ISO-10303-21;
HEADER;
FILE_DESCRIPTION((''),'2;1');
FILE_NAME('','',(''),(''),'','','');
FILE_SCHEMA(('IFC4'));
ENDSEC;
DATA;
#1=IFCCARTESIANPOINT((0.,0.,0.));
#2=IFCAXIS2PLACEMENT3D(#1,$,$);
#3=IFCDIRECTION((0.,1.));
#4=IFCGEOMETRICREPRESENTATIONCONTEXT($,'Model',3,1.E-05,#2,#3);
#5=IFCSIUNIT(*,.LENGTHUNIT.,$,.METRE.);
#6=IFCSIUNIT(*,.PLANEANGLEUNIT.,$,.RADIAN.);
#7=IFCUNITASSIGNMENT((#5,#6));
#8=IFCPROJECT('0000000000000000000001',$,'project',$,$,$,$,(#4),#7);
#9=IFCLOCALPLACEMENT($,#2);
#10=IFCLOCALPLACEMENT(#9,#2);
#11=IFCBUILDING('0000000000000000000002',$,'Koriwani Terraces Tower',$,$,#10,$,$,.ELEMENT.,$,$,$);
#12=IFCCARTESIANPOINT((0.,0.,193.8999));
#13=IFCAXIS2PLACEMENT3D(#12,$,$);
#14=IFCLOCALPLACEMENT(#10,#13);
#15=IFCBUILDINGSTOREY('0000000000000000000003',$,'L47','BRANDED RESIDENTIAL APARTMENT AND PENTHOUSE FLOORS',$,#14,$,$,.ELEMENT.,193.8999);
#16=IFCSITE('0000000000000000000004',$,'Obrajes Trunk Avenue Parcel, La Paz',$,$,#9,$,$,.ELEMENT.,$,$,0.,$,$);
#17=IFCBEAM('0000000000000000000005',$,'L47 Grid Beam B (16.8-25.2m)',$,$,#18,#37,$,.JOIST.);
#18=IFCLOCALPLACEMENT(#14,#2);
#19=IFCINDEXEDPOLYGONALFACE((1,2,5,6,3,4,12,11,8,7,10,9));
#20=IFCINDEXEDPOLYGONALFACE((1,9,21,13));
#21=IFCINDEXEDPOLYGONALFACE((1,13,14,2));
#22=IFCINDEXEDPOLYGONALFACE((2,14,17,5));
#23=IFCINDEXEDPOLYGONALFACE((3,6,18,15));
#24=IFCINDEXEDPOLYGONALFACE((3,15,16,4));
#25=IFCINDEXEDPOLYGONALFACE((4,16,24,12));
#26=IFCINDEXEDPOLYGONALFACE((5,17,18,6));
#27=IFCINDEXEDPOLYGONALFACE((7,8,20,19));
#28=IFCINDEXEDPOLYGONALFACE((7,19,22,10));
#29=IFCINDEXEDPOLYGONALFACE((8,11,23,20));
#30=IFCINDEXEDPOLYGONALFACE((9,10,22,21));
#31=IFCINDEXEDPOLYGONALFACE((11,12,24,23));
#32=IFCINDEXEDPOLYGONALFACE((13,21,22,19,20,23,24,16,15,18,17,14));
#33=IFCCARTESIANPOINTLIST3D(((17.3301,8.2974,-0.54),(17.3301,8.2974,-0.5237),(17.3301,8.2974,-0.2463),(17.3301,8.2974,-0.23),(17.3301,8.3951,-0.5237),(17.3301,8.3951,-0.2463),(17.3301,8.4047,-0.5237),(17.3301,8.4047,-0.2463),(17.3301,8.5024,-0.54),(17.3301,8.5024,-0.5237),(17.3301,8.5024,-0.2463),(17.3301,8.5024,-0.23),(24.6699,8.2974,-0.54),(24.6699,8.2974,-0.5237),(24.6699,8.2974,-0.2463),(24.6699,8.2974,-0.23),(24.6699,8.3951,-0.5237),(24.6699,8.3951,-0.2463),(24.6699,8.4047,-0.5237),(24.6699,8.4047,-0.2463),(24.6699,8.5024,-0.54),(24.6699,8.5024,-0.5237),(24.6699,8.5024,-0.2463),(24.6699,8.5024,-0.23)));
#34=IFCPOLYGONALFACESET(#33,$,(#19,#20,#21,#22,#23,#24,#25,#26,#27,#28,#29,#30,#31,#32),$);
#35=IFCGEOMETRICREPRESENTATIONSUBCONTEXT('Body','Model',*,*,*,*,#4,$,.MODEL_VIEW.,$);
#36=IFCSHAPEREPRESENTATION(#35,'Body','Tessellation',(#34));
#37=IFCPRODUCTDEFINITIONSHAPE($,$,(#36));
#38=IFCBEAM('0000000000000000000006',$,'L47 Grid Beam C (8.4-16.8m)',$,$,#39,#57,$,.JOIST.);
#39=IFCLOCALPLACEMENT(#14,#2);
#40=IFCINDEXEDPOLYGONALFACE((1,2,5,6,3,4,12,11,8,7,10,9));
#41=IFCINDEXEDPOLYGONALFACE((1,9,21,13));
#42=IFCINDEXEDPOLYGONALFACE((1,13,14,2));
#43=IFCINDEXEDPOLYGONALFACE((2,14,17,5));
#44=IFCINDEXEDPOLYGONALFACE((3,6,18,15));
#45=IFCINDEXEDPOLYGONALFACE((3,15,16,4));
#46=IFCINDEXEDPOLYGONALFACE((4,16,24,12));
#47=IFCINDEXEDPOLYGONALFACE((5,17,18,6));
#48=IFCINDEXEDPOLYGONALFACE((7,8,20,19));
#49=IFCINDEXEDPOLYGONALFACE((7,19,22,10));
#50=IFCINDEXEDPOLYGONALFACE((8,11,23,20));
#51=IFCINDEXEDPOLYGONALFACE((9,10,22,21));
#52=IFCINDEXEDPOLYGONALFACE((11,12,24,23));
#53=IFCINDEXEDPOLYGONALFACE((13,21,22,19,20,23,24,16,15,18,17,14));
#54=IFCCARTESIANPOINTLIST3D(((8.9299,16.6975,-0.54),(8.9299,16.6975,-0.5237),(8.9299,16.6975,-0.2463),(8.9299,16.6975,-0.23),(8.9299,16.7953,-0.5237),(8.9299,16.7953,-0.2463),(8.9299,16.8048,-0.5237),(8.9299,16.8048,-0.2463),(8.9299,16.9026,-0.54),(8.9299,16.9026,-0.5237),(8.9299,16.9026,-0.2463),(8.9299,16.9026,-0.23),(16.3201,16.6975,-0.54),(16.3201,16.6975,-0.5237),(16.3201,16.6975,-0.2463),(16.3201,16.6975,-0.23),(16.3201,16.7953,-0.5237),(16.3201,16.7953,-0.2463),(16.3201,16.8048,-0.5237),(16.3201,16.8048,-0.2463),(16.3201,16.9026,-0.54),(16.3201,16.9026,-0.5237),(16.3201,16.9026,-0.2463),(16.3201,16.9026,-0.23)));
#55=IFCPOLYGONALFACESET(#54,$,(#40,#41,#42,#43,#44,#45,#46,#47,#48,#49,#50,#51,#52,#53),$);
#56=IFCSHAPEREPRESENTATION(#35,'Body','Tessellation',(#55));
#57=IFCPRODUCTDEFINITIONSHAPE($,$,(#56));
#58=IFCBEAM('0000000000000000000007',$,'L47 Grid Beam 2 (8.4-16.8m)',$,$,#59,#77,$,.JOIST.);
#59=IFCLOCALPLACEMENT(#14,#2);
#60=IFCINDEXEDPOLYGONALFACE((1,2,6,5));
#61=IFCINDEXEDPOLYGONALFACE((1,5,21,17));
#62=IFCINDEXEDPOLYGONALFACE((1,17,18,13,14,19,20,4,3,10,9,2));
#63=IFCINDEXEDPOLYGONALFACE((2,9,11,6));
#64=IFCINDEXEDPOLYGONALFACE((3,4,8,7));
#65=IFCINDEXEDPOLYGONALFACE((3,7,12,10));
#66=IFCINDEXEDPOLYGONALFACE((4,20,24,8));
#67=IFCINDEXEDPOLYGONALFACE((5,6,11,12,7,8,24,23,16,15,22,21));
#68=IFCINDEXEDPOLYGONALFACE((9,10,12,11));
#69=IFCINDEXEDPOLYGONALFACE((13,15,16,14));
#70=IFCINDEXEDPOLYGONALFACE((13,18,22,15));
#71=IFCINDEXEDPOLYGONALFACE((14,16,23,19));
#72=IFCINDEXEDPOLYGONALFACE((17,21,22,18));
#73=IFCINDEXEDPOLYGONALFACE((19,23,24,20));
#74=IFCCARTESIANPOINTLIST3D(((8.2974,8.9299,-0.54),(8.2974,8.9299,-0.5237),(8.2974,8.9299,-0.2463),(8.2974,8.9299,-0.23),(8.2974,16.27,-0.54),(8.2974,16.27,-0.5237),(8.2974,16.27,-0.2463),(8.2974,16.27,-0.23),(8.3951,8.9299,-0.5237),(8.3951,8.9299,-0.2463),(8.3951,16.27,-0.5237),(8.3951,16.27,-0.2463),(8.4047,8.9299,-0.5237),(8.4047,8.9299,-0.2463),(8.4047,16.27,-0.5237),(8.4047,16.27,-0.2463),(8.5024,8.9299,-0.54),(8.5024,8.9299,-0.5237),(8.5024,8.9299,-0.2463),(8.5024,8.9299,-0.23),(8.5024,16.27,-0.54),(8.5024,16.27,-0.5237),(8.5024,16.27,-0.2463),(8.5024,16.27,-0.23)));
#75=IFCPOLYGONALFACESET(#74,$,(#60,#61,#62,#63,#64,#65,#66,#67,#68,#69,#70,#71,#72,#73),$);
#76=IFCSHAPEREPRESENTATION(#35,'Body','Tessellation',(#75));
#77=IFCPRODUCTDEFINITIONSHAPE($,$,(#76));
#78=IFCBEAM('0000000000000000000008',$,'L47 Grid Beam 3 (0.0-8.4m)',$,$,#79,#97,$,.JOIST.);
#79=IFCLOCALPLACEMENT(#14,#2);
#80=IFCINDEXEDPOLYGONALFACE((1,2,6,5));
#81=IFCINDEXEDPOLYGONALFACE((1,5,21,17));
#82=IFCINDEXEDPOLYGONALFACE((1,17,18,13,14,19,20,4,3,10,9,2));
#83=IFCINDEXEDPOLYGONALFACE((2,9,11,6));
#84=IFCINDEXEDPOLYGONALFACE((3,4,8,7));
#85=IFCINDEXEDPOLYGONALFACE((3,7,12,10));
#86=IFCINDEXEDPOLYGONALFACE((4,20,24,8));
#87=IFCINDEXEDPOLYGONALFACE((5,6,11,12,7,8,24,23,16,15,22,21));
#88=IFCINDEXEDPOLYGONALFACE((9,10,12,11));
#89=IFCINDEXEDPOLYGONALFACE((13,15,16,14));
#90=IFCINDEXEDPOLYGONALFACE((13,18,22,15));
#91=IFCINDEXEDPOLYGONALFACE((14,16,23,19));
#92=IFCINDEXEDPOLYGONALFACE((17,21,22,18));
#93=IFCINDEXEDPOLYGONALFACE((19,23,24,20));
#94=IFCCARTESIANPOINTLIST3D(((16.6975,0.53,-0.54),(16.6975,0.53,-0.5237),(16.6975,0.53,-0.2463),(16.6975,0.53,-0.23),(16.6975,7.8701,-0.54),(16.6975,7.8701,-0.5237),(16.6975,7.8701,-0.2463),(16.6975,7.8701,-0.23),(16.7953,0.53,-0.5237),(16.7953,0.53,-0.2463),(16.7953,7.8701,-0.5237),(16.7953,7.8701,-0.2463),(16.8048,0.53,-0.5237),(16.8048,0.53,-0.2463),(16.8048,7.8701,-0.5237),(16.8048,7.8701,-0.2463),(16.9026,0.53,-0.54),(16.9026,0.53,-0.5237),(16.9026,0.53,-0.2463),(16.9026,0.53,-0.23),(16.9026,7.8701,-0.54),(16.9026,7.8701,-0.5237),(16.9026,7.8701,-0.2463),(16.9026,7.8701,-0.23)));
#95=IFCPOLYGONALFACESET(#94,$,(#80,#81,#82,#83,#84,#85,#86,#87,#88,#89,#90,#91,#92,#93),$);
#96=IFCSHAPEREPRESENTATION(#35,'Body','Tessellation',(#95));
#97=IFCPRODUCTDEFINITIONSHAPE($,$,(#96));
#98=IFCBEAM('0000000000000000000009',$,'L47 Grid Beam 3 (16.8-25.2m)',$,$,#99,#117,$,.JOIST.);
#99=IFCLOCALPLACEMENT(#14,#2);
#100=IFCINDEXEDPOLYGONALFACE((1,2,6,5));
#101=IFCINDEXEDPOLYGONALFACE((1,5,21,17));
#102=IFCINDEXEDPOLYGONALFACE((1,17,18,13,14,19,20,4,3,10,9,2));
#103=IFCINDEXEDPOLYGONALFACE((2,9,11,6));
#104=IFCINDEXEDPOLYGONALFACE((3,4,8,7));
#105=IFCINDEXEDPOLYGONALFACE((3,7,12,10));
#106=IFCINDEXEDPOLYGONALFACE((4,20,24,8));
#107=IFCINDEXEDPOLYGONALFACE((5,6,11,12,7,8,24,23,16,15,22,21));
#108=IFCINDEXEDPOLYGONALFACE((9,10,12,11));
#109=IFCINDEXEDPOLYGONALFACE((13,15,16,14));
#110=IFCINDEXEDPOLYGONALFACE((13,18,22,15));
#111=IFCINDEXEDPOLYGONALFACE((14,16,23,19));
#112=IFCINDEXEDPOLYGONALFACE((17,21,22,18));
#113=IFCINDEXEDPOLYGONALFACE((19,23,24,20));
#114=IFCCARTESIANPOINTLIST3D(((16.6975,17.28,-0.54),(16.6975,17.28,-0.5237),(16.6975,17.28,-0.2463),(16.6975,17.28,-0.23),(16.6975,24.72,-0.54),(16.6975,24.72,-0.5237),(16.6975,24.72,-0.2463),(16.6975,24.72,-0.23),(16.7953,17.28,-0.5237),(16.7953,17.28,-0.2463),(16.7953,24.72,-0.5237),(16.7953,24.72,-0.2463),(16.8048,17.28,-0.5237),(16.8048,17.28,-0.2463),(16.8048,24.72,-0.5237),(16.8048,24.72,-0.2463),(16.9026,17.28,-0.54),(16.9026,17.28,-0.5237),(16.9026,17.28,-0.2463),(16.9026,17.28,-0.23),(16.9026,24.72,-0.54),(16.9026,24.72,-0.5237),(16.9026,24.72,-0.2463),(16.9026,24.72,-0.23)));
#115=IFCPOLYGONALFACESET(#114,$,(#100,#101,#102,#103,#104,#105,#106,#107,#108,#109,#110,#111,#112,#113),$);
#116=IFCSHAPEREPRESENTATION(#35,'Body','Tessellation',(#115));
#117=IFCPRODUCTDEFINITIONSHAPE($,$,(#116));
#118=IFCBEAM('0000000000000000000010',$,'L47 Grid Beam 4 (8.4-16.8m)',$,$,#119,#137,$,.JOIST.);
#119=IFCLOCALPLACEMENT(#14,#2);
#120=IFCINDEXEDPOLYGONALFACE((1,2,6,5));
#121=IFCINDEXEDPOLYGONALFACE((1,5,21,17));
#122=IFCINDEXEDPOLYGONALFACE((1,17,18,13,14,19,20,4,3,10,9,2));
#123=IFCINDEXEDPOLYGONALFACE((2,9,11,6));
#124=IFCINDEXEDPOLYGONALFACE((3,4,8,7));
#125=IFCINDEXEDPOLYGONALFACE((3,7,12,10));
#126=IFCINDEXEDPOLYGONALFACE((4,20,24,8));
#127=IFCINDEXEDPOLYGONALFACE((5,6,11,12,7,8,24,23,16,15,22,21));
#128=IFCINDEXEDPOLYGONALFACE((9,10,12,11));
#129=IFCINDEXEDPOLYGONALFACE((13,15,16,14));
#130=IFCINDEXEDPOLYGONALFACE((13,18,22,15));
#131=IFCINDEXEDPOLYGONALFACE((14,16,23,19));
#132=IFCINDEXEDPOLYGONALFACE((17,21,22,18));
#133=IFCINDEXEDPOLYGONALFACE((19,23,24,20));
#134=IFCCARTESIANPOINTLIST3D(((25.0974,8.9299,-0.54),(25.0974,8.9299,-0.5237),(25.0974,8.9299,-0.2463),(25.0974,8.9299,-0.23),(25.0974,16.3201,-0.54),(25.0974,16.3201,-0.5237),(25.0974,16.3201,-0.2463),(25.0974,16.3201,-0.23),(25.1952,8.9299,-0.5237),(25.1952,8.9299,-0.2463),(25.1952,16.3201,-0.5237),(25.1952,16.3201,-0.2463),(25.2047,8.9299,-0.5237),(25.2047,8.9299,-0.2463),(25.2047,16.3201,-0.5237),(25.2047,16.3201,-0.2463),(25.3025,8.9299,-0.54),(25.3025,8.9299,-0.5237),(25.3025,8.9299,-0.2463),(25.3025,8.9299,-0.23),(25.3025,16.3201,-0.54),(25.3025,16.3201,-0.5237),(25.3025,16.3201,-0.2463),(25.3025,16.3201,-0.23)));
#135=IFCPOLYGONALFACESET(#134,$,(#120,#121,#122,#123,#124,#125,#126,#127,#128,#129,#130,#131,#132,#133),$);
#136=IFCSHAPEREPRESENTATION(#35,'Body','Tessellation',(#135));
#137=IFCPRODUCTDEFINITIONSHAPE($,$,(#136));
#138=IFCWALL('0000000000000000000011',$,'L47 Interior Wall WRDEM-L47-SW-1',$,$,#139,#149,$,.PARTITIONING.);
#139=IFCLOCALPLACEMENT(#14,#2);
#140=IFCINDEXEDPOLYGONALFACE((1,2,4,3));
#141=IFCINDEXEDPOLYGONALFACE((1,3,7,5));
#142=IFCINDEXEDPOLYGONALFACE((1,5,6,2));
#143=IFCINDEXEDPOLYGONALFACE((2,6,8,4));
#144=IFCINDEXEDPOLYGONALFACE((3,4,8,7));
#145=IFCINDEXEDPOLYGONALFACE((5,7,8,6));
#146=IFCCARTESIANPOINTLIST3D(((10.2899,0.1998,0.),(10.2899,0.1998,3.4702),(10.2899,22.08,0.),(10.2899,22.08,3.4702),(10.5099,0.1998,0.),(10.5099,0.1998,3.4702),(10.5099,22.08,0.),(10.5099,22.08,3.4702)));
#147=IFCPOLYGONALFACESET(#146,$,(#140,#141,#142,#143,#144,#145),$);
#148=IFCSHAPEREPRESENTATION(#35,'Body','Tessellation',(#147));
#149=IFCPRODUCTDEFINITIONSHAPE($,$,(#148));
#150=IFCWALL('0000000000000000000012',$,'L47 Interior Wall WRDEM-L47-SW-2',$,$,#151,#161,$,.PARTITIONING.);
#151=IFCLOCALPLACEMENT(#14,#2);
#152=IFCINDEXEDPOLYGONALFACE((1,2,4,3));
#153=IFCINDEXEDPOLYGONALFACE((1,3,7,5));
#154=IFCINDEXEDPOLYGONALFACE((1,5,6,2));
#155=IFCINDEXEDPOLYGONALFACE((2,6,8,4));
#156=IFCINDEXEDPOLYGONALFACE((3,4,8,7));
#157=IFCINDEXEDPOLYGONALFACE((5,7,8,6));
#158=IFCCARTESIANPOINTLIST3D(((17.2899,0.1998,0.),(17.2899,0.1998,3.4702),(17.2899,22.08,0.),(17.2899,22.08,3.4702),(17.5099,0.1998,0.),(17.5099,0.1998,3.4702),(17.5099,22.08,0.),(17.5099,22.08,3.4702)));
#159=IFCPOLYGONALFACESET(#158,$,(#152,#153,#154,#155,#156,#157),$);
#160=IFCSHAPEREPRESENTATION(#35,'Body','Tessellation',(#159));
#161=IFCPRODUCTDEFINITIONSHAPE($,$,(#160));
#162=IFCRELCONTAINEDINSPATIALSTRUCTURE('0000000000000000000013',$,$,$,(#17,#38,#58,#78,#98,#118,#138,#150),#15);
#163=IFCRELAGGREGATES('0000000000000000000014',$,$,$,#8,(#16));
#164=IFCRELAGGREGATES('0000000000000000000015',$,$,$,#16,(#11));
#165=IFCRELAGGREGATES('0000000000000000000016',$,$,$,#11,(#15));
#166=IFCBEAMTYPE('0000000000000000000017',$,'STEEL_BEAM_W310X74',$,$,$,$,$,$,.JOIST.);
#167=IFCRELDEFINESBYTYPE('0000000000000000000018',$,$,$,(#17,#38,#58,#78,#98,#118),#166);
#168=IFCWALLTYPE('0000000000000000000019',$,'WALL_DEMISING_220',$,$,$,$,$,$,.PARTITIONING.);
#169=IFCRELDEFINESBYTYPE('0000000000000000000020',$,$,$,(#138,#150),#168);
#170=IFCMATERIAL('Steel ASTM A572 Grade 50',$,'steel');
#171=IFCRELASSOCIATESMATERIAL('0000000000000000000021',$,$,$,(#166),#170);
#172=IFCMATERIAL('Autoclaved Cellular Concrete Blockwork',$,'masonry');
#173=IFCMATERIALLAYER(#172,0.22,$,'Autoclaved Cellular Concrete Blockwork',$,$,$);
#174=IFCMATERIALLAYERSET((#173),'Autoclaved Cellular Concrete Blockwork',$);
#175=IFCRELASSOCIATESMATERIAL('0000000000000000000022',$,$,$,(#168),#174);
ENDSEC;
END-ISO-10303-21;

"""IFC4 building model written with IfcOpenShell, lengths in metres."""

from ifc_helpers import new_model, si_unit, direction, frame, frame_2d, origin, origin_2d, place, context, subcontext, project, spatial, rectangle, i_section, extrude, material, layer, layer_set, material_profile, profile_set, type_object, element, save


model = new_model("IFC4")

# Units and contexts
model_context = context("Model", 3, precision=1e-05, world=origin(), true_north=direction((0.0, 1.0)))
body_context = subcontext(model_context, "Body", "Model", "MODEL_VIEW")
ifc_project = project(units=[si_unit("LENGTHUNIT", "METRE"), si_unit("PLANEANGLEUNIT", "RADIAN")], contexts=[model_context])

# Site, building, storey
site_placement = place(None, origin())
site = spatial("IfcSite", under=ifc_project, at=site_placement, Name="Obrajes Trunk Avenue Parcel, La Paz", CompositionType="ELEMENT", RefElevation=0.0)
building_placement = place(site_placement, origin())
building = spatial("IfcBuilding", under=site, at=building_placement, Name="Koriwani Terraces Tower", CompositionType="ELEMENT")
storey_placement = place(building_placement, frame((0.0, 0.0, 193.8999)))
storey = spatial("IfcBuildingStorey", under=building, at=storey_placement, Name="L47", Description="BRANDED RESIDENTIAL APARTMENT AND PENTHOUSE FLOORS", CompositionType="ELEMENT", Elevation=193.8999)

# Beams
ifc_material_1 = material(Name="Steel ASTM A572 Grade 50", Category="steel")
ifc_material_profile_1 = material_profile(ifc_material_1, i_section(OverallWidth=0.2051, OverallDepth=0.3101, WebThickness=0.0095, FlangeThickness=0.0164, at=origin_2d()), Name="Steel ASTM A572 Grade 50", Category="LoadBearing")
ifc_profile_set_1 = profile_set([ifc_material_profile_1], Name="Steel ASTM A572 Grade 50")
beam_type_1 = type_object("IfcBeamType", Name="STEEL_BEAM_W310X74", PredefinedType="JOIST", material=ifc_profile_set_1)
beam_1_placement = place(storey_placement, frame((17.3301, 8.3999, -0.385), z_axis=(1.0, 0.0, 0.0), x_axis=(0.0, 1.0, 0.0)))
element("IfcBeam", 1, at=beam_1_placement, inside=storey, type_object=beam_type_1, Name="L47 Grid Beam B (16.8-25.2m)", PredefinedType="JOIST", context=body_context, shape_type="SweptSolid", body=[
    extrude(i_section(OverallWidth=0.2051, OverallDepth=0.3101, WebThickness=0.0095, FlangeThickness=0.0164, at=origin_2d()), origin(), (0.0, 0.0, 1.0), 7.3398),
])
beam_2_placement = place(storey_placement, frame((8.9299, 16.8, -0.385), z_axis=(1.0, 0.0, 0.0), x_axis=(0.0, 1.0, 0.0)))
element("IfcBeam", 2, at=beam_2_placement, inside=storey, type_object=beam_type_1, Name="L47 Grid Beam C (8.4-16.8m)", PredefinedType="JOIST", context=body_context, shape_type="SweptSolid", body=[
    extrude(i_section(OverallWidth=0.2051, OverallDepth=0.3101, WebThickness=0.0095, FlangeThickness=0.0164, at=origin_2d()), origin(), (0.0, 0.0, 1.0), 7.3901),
])
for number, where, z_axis, x_axis, name in (
    (3, (8.3999, 8.9299, -0.385), (0.0, 1.0, 0.0), (-1.0, 0.0, 0.0), "L47 Grid Beam 2 (8.4-16.8m)"),
    (4, (16.8, 0.53, -0.385), (0.0, 1.0, 0.0), (-1.0, 0.0, 0.0), "L47 Grid Beam 3 (0.0-8.4m)"),
):
    element("IfcBeam", number, at=place(storey_placement, frame(where, z_axis=z_axis, x_axis=x_axis)), inside=storey, type_object=beam_type_1, Name=name, PredefinedType="JOIST", context=body_context, shape_type="SweptSolid", body=[
        extrude(i_section(OverallWidth=0.2051, OverallDepth=0.3101, WebThickness=0.0095, FlangeThickness=0.0164, at=origin_2d()), origin(), (0.0, 0.0, 1.0), 7.3401),
    ])
beam_3_placement = place(storey_placement, frame((16.8, 17.28, -0.385), z_axis=(0.0, 1.0, 0.0), x_axis=(-1.0, 0.0, 0.0)))
element("IfcBeam", 5, at=beam_3_placement, inside=storey, type_object=beam_type_1, Name="L47 Grid Beam 3 (16.8-25.2m)", PredefinedType="JOIST", context=body_context, shape_type="SweptSolid", body=[
    extrude(i_section(OverallWidth=0.2051, OverallDepth=0.3101, WebThickness=0.0095, FlangeThickness=0.0164, at=origin_2d()), origin(), (0.0, 0.0, 1.0), 7.4399),
])
beam_4_placement = place(storey_placement, frame((25.2, 8.9299, -0.385), z_axis=(0.0, 1.0, 0.0), x_axis=(-1.0, 0.0, 0.0)))
element("IfcBeam", 6, at=beam_4_placement, inside=storey, type_object=beam_type_1, Name="L47 Grid Beam 4 (8.4-16.8m)", PredefinedType="JOIST", context=body_context, shape_type="SweptSolid", body=[
    extrude(i_section(OverallWidth=0.2051, OverallDepth=0.3101, WebThickness=0.0095, FlangeThickness=0.0164, at=origin_2d()), origin(), (0.0, 0.0, 1.0), 7.3901),
])

# Walls
ifc_material_2 = material(Name="Autoclaved Cellular Concrete Blockwork", Category="masonry")
ifc_layer = layer(ifc_material_2, 0.22, Name="Autoclaved Cellular Concrete Blockwork")
ifc_layer_set = layer_set([ifc_layer], Name="Autoclaved Cellular Concrete Blockwork")
wall_type = type_object("IfcWallType", Name="WALL_DEMISING_220", PredefinedType="PARTITIONING", material=ifc_layer_set)
for number, where, z_axis, x_axis, name in (
    (7, (10.3999, 0.2, 0.0), (0.0, 0.0, 1.0), (0.0, 1.0, 0.0), "L47 Interior Wall WRDEM-L47-SW-1"),
    (8, (17.3999, 0.2, 0.0), (0.0, 0.0, 1.0), (0.0, 1.0, 0.0), "L47 Interior Wall WRDEM-L47-SW-2"),
):
    element("IfcWall", number, at=place(storey_placement, frame(where, z_axis=z_axis, x_axis=x_axis)), inside=storey, type_object=wall_type, Name=name, PredefinedType="PARTITIONING", context=body_context, shape_type="SweptSolid", body=[
        extrude(rectangle(XDim=21.8801, YDim=0.22, at=frame_2d((10.9399, 0.0))), origin(), (0.0, 0.0, 1.0), 3.4702),
    ])

save(model, "model.ifc")
